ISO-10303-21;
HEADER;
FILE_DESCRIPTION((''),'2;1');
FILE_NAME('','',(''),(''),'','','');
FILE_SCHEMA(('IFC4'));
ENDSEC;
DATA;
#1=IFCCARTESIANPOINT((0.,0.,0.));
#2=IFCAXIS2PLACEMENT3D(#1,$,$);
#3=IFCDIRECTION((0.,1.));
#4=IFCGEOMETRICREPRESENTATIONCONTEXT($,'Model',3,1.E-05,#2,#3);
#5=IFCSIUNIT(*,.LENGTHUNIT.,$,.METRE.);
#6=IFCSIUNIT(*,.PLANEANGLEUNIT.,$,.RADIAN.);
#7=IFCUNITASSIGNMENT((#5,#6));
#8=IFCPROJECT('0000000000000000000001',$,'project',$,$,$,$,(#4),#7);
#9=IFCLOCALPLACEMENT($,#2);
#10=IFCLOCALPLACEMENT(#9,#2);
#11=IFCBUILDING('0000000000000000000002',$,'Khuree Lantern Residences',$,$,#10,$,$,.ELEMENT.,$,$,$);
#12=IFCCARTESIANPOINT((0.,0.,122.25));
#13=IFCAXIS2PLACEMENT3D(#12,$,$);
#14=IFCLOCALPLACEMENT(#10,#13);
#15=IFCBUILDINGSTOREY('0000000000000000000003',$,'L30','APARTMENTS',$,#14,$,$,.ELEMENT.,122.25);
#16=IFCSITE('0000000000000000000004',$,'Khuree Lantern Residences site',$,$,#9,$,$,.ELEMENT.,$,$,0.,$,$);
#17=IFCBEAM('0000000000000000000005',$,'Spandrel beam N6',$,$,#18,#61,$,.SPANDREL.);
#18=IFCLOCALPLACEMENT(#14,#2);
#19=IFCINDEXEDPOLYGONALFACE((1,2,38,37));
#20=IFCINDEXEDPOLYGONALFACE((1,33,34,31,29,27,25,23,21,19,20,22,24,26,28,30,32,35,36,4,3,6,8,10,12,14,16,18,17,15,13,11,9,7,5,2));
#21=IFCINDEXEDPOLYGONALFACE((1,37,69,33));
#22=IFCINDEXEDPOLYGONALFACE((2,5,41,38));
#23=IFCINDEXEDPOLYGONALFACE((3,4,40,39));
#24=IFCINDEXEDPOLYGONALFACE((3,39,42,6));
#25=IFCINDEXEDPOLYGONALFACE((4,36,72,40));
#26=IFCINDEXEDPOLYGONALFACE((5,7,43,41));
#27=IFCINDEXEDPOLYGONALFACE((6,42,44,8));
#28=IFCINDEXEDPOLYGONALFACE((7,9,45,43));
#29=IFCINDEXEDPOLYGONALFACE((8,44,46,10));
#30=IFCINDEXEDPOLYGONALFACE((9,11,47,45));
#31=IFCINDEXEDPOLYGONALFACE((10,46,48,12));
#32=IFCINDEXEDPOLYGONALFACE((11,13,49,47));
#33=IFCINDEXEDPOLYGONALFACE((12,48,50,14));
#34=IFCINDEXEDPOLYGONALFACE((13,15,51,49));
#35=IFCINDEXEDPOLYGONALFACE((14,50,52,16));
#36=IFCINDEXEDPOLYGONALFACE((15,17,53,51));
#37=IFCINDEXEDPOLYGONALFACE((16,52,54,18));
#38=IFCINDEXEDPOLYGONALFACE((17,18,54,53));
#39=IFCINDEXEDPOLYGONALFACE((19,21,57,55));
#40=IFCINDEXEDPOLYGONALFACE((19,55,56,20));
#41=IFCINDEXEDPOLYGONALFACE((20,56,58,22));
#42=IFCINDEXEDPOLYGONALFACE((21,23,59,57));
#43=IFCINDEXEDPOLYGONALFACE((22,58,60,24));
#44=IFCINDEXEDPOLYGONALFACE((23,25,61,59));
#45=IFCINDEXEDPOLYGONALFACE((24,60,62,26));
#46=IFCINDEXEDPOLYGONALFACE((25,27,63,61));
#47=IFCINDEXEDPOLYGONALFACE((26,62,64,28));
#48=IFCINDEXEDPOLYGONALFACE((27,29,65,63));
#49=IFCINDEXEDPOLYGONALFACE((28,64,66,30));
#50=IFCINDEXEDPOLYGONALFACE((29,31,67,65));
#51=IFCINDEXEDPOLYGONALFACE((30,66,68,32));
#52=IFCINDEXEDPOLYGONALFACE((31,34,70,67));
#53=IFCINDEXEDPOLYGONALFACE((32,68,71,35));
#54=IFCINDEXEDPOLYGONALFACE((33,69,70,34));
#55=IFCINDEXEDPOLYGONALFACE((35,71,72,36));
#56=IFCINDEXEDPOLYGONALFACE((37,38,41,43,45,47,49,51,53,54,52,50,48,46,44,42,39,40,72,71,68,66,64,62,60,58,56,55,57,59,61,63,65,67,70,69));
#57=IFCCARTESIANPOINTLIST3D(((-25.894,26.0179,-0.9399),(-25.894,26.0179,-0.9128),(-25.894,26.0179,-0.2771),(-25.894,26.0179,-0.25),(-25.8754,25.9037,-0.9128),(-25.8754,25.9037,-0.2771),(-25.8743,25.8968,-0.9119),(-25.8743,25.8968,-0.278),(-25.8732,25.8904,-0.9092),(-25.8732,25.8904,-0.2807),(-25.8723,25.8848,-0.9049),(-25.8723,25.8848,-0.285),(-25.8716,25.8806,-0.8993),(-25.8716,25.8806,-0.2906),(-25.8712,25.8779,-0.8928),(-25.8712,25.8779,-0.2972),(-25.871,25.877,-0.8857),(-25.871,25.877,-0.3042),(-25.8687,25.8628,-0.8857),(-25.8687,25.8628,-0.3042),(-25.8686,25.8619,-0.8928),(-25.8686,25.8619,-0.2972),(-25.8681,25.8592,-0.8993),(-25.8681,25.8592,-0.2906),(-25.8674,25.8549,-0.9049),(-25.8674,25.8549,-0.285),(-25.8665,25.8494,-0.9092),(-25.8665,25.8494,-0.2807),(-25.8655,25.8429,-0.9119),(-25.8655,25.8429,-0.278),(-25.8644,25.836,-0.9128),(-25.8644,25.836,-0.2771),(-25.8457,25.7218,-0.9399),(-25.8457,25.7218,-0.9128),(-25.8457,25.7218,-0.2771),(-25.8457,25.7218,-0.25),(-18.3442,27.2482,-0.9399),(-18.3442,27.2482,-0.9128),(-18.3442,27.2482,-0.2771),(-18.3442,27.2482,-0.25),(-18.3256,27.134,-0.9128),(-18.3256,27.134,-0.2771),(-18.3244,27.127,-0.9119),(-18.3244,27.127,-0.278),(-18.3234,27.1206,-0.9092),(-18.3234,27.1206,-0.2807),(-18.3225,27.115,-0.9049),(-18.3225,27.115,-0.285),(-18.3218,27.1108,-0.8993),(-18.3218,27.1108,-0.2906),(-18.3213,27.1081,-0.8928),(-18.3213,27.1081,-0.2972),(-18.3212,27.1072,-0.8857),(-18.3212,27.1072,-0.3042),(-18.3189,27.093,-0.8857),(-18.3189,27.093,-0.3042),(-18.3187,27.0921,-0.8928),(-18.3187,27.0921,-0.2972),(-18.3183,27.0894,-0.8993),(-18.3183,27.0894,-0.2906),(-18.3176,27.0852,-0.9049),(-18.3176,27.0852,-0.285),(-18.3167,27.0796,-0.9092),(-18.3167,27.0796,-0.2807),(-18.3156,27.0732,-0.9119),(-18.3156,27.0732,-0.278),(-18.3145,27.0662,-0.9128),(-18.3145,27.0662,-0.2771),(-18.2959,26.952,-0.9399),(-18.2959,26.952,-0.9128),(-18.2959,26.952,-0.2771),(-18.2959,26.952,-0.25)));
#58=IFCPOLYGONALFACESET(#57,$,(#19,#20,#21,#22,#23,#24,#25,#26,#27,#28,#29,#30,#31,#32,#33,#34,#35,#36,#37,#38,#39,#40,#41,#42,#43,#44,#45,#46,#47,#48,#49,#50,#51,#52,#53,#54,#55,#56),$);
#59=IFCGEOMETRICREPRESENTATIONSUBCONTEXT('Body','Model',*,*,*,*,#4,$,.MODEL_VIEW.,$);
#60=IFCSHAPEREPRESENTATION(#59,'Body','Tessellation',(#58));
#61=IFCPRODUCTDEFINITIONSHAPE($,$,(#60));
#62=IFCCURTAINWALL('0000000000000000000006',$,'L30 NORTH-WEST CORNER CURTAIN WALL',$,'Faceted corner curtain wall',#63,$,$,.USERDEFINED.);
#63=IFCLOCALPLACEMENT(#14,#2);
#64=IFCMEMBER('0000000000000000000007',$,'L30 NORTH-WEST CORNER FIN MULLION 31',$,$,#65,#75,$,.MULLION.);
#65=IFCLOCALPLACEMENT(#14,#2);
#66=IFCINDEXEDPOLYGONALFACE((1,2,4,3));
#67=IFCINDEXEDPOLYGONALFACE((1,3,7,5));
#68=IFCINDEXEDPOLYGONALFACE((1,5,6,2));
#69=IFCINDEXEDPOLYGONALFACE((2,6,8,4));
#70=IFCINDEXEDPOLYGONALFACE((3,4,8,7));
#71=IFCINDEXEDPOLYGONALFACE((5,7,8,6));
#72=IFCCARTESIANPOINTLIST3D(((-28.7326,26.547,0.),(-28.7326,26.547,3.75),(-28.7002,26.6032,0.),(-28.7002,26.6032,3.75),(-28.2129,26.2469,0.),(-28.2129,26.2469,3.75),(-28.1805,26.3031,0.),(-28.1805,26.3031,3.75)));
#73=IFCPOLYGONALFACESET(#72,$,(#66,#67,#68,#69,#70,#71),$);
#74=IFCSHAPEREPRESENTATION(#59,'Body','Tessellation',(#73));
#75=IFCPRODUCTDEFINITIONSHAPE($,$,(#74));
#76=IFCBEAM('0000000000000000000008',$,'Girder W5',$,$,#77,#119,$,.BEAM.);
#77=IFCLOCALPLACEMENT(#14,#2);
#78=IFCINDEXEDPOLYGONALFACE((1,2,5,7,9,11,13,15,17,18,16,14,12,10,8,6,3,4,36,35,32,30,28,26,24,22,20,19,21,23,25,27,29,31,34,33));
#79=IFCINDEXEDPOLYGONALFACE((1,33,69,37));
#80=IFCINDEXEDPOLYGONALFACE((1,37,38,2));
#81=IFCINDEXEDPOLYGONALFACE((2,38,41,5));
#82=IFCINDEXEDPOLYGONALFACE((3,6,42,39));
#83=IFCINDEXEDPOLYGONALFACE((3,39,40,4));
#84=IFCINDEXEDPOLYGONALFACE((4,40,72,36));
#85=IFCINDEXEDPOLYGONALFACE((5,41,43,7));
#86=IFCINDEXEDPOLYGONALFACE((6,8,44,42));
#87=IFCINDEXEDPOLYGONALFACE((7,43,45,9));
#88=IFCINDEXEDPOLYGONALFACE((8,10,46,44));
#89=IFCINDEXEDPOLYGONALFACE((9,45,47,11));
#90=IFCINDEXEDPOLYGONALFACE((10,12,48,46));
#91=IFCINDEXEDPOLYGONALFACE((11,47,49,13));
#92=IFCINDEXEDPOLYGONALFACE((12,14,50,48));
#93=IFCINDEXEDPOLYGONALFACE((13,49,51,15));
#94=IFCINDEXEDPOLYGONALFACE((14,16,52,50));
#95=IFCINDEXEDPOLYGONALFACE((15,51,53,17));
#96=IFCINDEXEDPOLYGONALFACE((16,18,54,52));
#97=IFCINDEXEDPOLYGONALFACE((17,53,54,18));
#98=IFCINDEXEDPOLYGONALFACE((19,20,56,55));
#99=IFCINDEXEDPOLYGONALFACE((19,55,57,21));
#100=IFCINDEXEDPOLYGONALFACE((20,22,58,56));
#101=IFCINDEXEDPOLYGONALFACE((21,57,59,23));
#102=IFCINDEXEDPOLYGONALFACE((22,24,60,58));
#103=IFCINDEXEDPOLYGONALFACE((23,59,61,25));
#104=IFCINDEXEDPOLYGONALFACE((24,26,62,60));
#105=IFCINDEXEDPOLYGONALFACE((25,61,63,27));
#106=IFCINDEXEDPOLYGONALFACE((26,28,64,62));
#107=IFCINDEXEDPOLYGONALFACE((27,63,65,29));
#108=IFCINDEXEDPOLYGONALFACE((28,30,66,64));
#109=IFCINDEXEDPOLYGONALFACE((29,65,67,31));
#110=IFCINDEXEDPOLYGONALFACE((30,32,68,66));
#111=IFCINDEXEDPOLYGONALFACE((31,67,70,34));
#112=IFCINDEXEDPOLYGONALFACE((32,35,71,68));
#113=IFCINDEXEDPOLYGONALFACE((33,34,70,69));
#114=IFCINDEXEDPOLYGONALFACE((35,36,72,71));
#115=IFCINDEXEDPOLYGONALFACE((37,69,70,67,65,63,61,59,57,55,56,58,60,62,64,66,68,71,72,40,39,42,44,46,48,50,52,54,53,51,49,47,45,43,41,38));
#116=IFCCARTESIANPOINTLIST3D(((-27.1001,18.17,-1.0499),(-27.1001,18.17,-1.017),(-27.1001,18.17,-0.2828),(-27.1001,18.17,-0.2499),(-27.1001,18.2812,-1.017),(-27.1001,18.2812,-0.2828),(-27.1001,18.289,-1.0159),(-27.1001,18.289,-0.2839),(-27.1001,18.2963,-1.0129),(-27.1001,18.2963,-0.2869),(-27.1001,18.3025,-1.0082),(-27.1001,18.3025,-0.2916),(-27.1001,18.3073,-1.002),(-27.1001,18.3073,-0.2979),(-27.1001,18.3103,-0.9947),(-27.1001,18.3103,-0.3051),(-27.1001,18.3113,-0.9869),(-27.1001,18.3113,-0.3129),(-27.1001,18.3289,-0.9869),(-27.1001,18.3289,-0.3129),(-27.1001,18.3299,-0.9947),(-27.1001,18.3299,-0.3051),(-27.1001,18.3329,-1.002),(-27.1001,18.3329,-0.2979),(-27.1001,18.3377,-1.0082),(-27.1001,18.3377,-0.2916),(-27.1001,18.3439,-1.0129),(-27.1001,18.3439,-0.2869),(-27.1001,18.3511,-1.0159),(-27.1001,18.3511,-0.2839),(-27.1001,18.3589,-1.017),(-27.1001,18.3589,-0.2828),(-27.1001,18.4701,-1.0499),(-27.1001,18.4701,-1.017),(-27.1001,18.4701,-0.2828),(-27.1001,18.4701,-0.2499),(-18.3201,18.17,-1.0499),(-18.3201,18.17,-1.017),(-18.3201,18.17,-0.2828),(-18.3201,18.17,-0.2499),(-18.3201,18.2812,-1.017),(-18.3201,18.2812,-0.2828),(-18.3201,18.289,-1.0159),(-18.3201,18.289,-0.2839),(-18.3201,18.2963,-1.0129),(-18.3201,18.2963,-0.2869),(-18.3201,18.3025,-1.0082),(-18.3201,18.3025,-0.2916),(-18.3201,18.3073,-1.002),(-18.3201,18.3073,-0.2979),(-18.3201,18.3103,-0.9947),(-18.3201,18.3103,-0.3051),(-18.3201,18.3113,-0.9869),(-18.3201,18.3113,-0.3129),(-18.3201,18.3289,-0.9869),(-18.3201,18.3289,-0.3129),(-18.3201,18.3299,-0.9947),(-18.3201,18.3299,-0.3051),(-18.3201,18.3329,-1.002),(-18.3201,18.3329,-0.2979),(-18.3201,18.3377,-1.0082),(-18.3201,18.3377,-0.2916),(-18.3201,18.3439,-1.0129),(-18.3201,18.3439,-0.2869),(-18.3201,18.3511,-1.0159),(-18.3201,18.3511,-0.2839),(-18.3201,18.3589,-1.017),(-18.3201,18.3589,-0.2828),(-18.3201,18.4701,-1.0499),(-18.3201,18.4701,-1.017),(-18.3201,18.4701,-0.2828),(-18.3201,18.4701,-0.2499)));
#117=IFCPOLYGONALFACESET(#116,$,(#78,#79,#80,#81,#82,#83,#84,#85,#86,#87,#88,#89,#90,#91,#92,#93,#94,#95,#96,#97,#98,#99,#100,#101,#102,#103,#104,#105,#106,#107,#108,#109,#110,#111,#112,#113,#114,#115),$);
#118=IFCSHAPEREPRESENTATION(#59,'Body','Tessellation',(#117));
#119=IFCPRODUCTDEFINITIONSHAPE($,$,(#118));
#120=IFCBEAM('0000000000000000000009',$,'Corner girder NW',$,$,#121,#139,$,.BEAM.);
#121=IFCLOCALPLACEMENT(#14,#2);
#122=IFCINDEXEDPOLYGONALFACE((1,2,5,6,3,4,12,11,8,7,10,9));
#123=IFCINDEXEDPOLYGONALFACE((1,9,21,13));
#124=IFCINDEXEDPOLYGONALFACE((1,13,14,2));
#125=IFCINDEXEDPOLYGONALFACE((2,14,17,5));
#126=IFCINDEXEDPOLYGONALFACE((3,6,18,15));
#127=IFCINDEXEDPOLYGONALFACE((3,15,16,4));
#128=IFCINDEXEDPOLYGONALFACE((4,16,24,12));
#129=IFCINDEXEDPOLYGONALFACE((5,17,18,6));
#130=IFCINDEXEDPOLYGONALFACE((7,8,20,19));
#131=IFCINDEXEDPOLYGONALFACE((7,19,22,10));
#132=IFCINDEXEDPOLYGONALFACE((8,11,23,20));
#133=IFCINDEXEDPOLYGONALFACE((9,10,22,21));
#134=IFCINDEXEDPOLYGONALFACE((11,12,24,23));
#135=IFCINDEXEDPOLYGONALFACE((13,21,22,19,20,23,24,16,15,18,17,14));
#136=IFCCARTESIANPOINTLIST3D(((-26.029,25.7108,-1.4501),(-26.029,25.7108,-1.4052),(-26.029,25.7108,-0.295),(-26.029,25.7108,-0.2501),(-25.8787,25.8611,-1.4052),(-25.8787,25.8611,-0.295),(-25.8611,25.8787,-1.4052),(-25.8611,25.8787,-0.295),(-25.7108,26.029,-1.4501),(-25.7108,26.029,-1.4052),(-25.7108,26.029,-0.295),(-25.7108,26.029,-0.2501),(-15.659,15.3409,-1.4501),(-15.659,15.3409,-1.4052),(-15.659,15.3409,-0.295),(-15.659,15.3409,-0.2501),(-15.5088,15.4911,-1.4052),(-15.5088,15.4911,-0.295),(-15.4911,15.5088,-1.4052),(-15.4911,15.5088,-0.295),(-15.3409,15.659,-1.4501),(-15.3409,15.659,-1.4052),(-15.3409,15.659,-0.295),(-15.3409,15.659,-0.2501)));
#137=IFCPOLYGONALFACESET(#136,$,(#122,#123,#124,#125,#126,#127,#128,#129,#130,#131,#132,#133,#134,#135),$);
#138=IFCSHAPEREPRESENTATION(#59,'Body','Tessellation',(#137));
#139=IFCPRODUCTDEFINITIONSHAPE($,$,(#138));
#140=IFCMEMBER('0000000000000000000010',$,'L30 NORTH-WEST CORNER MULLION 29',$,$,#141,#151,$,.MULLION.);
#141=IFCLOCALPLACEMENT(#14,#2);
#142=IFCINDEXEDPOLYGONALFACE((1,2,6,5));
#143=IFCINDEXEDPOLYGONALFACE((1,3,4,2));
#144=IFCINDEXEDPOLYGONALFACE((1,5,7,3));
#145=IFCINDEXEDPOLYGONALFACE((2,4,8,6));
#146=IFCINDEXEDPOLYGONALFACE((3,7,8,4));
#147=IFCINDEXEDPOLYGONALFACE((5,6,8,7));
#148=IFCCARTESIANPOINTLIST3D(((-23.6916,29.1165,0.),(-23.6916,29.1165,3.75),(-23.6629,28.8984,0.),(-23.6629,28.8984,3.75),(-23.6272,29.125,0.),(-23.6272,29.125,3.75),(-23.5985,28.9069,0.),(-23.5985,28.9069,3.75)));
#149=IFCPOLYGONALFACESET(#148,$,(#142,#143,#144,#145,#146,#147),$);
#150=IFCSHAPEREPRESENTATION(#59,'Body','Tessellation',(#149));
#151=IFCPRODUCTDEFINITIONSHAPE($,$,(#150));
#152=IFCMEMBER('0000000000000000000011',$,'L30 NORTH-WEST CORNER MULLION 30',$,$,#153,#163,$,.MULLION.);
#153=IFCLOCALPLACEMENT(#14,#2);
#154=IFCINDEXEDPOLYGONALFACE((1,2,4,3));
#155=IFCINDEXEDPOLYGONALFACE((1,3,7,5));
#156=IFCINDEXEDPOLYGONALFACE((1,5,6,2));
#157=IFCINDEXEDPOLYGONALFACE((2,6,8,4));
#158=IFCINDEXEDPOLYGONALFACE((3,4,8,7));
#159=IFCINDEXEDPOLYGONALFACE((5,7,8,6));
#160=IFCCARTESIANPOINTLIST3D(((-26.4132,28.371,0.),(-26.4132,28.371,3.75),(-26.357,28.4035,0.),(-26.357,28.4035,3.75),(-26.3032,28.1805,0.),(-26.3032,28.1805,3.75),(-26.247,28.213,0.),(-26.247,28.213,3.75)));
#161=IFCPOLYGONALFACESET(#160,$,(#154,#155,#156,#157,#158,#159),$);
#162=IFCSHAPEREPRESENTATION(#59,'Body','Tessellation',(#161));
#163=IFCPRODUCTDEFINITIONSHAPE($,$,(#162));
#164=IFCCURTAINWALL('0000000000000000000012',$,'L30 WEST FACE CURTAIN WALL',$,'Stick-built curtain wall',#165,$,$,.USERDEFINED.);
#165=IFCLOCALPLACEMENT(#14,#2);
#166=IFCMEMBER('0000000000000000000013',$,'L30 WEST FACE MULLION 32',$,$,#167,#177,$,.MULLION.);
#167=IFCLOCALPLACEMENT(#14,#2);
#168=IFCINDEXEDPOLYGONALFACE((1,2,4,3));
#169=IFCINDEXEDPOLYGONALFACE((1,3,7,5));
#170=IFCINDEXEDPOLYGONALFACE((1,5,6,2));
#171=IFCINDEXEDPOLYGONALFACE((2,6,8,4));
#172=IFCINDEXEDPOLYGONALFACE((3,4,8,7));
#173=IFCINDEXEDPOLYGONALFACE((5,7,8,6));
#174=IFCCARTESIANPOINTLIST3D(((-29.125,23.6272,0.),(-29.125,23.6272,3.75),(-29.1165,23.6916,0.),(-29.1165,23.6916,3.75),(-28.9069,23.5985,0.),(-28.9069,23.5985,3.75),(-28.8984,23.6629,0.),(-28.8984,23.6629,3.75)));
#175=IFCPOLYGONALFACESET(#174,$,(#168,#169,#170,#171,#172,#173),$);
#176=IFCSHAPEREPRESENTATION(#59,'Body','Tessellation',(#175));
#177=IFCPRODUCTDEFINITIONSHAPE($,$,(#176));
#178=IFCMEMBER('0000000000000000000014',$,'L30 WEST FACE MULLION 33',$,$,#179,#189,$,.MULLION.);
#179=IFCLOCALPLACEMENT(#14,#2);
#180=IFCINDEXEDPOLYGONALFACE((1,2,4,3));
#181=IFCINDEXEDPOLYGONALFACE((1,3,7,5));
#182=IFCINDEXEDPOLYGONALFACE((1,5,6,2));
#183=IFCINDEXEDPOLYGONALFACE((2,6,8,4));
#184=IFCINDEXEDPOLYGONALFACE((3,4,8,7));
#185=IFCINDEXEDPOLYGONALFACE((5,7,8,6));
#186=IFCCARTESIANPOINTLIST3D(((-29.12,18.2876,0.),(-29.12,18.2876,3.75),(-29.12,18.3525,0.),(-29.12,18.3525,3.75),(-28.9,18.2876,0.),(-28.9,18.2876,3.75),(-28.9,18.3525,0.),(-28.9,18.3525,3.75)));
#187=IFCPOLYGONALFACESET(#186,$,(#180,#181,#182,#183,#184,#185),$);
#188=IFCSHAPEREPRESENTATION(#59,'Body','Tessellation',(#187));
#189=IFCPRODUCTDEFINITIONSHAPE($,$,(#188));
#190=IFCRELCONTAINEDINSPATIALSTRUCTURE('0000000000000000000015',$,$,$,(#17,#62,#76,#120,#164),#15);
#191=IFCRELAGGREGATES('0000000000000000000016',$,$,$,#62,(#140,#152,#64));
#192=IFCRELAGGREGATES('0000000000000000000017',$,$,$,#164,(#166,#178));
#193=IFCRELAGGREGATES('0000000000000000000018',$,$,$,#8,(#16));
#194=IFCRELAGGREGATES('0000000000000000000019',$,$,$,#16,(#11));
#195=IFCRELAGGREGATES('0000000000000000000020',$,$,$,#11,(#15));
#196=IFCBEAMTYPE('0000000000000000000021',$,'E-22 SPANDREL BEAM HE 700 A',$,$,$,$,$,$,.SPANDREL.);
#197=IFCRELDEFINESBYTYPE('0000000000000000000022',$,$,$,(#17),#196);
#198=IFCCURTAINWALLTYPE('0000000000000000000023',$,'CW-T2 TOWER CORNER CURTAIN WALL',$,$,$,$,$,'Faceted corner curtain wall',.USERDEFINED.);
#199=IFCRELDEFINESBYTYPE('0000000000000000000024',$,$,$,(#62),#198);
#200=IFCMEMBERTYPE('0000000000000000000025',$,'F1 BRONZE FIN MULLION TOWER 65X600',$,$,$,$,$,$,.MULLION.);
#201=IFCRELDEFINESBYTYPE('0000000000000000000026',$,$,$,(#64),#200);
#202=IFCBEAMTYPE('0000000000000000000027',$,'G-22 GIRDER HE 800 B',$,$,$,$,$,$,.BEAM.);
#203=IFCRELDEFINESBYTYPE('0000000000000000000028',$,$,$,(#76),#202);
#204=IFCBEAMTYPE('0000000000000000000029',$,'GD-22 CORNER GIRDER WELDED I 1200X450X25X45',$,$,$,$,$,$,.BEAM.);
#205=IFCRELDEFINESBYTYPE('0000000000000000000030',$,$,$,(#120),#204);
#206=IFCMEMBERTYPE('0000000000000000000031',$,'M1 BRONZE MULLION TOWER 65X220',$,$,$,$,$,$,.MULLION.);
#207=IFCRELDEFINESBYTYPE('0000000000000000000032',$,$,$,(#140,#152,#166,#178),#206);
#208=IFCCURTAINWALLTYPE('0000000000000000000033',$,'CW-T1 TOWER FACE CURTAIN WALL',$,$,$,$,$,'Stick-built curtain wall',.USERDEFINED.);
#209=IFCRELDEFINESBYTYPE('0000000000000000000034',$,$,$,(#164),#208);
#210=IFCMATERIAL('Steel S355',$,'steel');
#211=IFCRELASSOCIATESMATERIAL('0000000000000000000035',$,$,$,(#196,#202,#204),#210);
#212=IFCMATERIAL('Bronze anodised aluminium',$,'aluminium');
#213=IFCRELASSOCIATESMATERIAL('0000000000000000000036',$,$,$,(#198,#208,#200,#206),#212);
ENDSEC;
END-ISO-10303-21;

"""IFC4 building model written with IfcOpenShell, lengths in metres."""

from ifc_helpers import new_model, si_unit, direction, frame, origin, origin_2d, place, context, subcontext, project, spatial, rectangle, i_section, extrude, material, material_profile, profile_set, type_object, element, aggregate, save


model = new_model("IFC4")

# Units and contexts
model_context = context("Model", 3, precision=1e-05, world=origin(), true_north=direction((0.0, 1.0)))
body_context = subcontext(model_context, "Body", "Model", "MODEL_VIEW")
ifc_project = project(units=[si_unit("LENGTHUNIT", "METRE"), si_unit("PLANEANGLEUNIT", "RADIAN")], contexts=[model_context])

# Site, building, storey
site_placement = place(None, origin())
site = spatial("IfcSite", under=ifc_project, at=site_placement, Name="Khuree Lantern Residences site", CompositionType="ELEMENT", RefElevation=0.0)
building_placement = place(site_placement, origin())
building = spatial("IfcBuilding", under=site, at=building_placement, Name="Khuree Lantern Residences", CompositionType="ELEMENT")
storey_placement = place(building_placement, frame((0.0, 0.0, 122.25)))
storey = spatial("IfcBuildingStorey", under=building, at=storey_placement, Name="L30", Description="APARTMENTS", CompositionType="ELEMENT", Elevation=122.25)

# Beam
ifc_material_1 = material(Name="Steel S355", Category="steel")
ifc_material_profile_1 = material_profile(ifc_material_1, i_section(OverallWidth=0.3, OverallDepth=0.6899, WebThickness=0.0144, FlangeThickness=0.0271, FilletRadius=0.0271, at=origin_2d()), Name="HE 700 A")
ifc_profile_set_1 = profile_set([ifc_material_profile_1], Name="Steel S355")
beam_type_1 = type_object("IfcBeamType", Name="E-22 SPANDREL BEAM HE 700 A", PredefinedType="SPANDREL", material=ifc_profile_set_1)
for number, where, z_axis, x_axis, name in (
    (1, (-25.8699, 25.8699, -0.595), (0.986983, 0.160827, 0.0), (-0.160827, 0.986983, 0.0), "Spandrel beam N6"),
):
    element("IfcBeam", number, at=place(storey_placement, frame(where, z_axis=z_axis, x_axis=x_axis)), inside=storey, type_object=beam_type_1, Name=name, PredefinedType="SPANDREL", context=body_context, shape_type="SweptSolid", body=[
        extrude(i_section(OverallWidth=0.3, OverallDepth=0.6899, WebThickness=0.0144, FlangeThickness=0.0271, FilletRadius=0.0271, at=origin_2d()), origin(), (0.0, 0.0, 1.0), 7.6494),
    ])

# Curtain wall, member
ifc_material_2 = material(Name="Bronze anodised aluminium", Category="aluminium")
curtain_wall_type_1 = type_object("IfcCurtainWallType", Name="CW-T2 TOWER CORNER CURTAIN WALL", ElementType="Faceted corner curtain wall", PredefinedType="USERDEFINED", material=ifc_material_2)
curtain_wall_1_placement = place(storey_placement, origin())
curtain_wall_1 = element("IfcCurtainWall", 2, at=curtain_wall_1_placement, inside=storey, type_object=curtain_wall_type_1, Name="L30 NORTH-WEST CORNER CURTAIN WALL", ObjectType="Faceted corner curtain wall", PredefinedType="USERDEFINED")
ifc_material_profile_2 = material_profile(ifc_material_2, rectangle(XDim=0.0649, YDim=0.6001, at=origin_2d()), Name="F1 65X600")
ifc_profile_set_2 = profile_set([ifc_material_profile_2], Name="Bronze anodised aluminium")
member_type_1 = type_object("IfcMemberType", Name="F1 BRONZE FIN MULLION TOWER 65X600", PredefinedType="MULLION", material=ifc_profile_set_2)
member_1_placement = place(storey_placement, frame((-28.4565, 26.425, 0.0), z_axis=(0.0, 0.0, 1.0), x_axis=(-0.5, -0.866025, 0.0)))
member_1 = element("IfcMember", 3, at=member_1_placement, type_object=member_type_1, Name="L30 NORTH-WEST CORNER FIN MULLION 31", PredefinedType="MULLION", context=body_context, shape_type="SweptSolid", body=[
    extrude(rectangle(XDim=0.0649, YDim=0.6001, at=origin_2d()), origin(), (0.0, 0.0, 1.0), 3.75),
])

# Beams
ifc_material_profile_3 = material_profile(ifc_material_1, i_section(OverallWidth=0.3, OverallDepth=0.8, WebThickness=0.0176, FlangeThickness=0.033, FilletRadius=0.03, at=origin_2d()), Name="HE 800 B")
ifc_profile_set_3 = profile_set([ifc_material_profile_3], Name="Steel S355")
beam_type_2 = type_object("IfcBeamType", Name="G-22 GIRDER HE 800 B", PredefinedType="BEAM", material=ifc_profile_set_3)
beam_1_placement = place(storey_placement, frame((-27.1001, 18.3201, -0.6499), z_axis=(1.0, 0.0, 0.0), x_axis=(0.0, 1.0, 0.0)))
element("IfcBeam", 4, at=beam_1_placement, inside=storey, type_object=beam_type_2, Name="Girder W5", PredefinedType="BEAM", context=body_context, shape_type="SweptSolid", body=[
    extrude(i_section(OverallWidth=0.3, OverallDepth=0.8, WebThickness=0.0176, FlangeThickness=0.033, FilletRadius=0.03, at=origin_2d()), origin(), (0.0, 0.0, 1.0), 8.78),
])
ifc_material_profile_4 = material_profile(ifc_material_1, i_section(OverallWidth=0.45, OverallDepth=1.2, WebThickness=0.0249, FlangeThickness=0.0449, at=origin_2d()), Name="WELDED I 1200X450X25X45")
ifc_profile_set_4 = profile_set([ifc_material_profile_4], Name="Steel S355")
beam_type_3 = type_object("IfcBeamType", Name="GD-22 CORNER GIRDER WELDED I 1200X450X25X45", PredefinedType="BEAM", material=ifc_profile_set_4)
beam_2_placement = place(storey_placement, frame((-25.8699, 25.8699, -0.8501), z_axis=(0.707107, -0.707107, 0.0), x_axis=(0.707107, 0.707107, 0.0)))
element("IfcBeam", 5, at=beam_2_placement, inside=storey, type_object=beam_type_3, Name="Corner girder NW", PredefinedType="BEAM", context=body_context, shape_type="SweptSolid", body=[
    extrude(i_section(OverallWidth=0.45, OverallDepth=1.2, WebThickness=0.0249, FlangeThickness=0.0449, at=origin_2d()), origin(), (0.0, 0.0, 1.0), 14.6653),
])

# Members
ifc_material_profile_5 = material_profile(ifc_material_2, rectangle(XDim=0.0649, YDim=0.22, at=origin_2d()), Name="M1 65X220")
ifc_profile_set_5 = profile_set([ifc_material_profile_5], Name="Bronze anodised aluminium")
member_type_2 = type_object("IfcMemberType", Name="M1 BRONZE MULLION TOWER 65X220", PredefinedType="MULLION", material=ifc_profile_set_5)
member_2_placement = place(storey_placement, frame((-23.645, 29.0117, 0.0), z_axis=(0.0, 0.0, 1.0), x_axis=(-0.991445, -0.130526, 0.0)))
member_2 = element("IfcMember", 6, at=member_2_placement, type_object=member_type_2, Name="L30 NORTH-WEST CORNER MULLION 29", PredefinedType="MULLION", context=body_context, shape_type="SweptSolid", body=[
    extrude(rectangle(XDim=0.0649, YDim=0.22, at=origin_2d()), origin(), (0.0, 0.0, 1.0), 3.75),
])
member_3_placement = place(storey_placement, frame((-26.3301, 28.292, 0.0), z_axis=(0.0, 0.0, 1.0), x_axis=(-0.866025, -0.5, 0.0)))
member_3 = element("IfcMember", 7, at=member_3_placement, type_object=member_type_2, Name="L30 NORTH-WEST CORNER MULLION 30", PredefinedType="MULLION", context=body_context, shape_type="SweptSolid", body=[
    extrude(rectangle(XDim=0.0649, YDim=0.22, at=origin_2d()), origin(), (0.0, 0.0, 1.0), 3.75),
])

# Curtain wall, members
curtain_wall_type_2 = type_object("IfcCurtainWallType", Name="CW-T1 TOWER FACE CURTAIN WALL", ElementType="Stick-built curtain wall", PredefinedType="USERDEFINED", material=ifc_material_2)
curtain_wall_2_placement = place(storey_placement, origin())
curtain_wall_2 = element("IfcCurtainWall", 8, at=curtain_wall_2_placement, inside=storey, type_object=curtain_wall_type_2, Name="L30 WEST FACE CURTAIN WALL", ObjectType="Stick-built curtain wall", PredefinedType="USERDEFINED")
member_4_placement = place(storey_placement, frame((-29.0117, 23.645, 0.0), z_axis=(0.0, 0.0, 1.0), x_axis=(-0.130526, -0.991445, 0.0)))
member_4 = element("IfcMember", 9, at=member_4_placement, type_object=member_type_2, Name="L30 WEST FACE MULLION 32", PredefinedType="MULLION", context=body_context, shape_type="SweptSolid", body=[
    extrude(rectangle(XDim=0.0649, YDim=0.22, at=origin_2d()), origin(), (0.0, 0.0, 1.0), 3.75),
])
member_5_placement = place(storey_placement, frame((-29.01, 18.3201, 0.0), z_axis=(0.0, 0.0, 1.0), x_axis=(0.0, -1.0, 0.0)))
member_5 = element("IfcMember", 10, at=member_5_placement, type_object=member_type_2, Name="L30 WEST FACE MULLION 33", PredefinedType="MULLION", context=body_context, shape_type="SweptSolid", body=[
    extrude(rectangle(XDim=0.0649, YDim=0.22, at=origin_2d()), origin(), (0.0, 0.0, 1.0), 3.75),
])

aggregate(curtain_wall_1, [member_2, member_3, member_1])

aggregate(curtain_wall_2, [member_4, member_5])

save(model, "model.ifc")
